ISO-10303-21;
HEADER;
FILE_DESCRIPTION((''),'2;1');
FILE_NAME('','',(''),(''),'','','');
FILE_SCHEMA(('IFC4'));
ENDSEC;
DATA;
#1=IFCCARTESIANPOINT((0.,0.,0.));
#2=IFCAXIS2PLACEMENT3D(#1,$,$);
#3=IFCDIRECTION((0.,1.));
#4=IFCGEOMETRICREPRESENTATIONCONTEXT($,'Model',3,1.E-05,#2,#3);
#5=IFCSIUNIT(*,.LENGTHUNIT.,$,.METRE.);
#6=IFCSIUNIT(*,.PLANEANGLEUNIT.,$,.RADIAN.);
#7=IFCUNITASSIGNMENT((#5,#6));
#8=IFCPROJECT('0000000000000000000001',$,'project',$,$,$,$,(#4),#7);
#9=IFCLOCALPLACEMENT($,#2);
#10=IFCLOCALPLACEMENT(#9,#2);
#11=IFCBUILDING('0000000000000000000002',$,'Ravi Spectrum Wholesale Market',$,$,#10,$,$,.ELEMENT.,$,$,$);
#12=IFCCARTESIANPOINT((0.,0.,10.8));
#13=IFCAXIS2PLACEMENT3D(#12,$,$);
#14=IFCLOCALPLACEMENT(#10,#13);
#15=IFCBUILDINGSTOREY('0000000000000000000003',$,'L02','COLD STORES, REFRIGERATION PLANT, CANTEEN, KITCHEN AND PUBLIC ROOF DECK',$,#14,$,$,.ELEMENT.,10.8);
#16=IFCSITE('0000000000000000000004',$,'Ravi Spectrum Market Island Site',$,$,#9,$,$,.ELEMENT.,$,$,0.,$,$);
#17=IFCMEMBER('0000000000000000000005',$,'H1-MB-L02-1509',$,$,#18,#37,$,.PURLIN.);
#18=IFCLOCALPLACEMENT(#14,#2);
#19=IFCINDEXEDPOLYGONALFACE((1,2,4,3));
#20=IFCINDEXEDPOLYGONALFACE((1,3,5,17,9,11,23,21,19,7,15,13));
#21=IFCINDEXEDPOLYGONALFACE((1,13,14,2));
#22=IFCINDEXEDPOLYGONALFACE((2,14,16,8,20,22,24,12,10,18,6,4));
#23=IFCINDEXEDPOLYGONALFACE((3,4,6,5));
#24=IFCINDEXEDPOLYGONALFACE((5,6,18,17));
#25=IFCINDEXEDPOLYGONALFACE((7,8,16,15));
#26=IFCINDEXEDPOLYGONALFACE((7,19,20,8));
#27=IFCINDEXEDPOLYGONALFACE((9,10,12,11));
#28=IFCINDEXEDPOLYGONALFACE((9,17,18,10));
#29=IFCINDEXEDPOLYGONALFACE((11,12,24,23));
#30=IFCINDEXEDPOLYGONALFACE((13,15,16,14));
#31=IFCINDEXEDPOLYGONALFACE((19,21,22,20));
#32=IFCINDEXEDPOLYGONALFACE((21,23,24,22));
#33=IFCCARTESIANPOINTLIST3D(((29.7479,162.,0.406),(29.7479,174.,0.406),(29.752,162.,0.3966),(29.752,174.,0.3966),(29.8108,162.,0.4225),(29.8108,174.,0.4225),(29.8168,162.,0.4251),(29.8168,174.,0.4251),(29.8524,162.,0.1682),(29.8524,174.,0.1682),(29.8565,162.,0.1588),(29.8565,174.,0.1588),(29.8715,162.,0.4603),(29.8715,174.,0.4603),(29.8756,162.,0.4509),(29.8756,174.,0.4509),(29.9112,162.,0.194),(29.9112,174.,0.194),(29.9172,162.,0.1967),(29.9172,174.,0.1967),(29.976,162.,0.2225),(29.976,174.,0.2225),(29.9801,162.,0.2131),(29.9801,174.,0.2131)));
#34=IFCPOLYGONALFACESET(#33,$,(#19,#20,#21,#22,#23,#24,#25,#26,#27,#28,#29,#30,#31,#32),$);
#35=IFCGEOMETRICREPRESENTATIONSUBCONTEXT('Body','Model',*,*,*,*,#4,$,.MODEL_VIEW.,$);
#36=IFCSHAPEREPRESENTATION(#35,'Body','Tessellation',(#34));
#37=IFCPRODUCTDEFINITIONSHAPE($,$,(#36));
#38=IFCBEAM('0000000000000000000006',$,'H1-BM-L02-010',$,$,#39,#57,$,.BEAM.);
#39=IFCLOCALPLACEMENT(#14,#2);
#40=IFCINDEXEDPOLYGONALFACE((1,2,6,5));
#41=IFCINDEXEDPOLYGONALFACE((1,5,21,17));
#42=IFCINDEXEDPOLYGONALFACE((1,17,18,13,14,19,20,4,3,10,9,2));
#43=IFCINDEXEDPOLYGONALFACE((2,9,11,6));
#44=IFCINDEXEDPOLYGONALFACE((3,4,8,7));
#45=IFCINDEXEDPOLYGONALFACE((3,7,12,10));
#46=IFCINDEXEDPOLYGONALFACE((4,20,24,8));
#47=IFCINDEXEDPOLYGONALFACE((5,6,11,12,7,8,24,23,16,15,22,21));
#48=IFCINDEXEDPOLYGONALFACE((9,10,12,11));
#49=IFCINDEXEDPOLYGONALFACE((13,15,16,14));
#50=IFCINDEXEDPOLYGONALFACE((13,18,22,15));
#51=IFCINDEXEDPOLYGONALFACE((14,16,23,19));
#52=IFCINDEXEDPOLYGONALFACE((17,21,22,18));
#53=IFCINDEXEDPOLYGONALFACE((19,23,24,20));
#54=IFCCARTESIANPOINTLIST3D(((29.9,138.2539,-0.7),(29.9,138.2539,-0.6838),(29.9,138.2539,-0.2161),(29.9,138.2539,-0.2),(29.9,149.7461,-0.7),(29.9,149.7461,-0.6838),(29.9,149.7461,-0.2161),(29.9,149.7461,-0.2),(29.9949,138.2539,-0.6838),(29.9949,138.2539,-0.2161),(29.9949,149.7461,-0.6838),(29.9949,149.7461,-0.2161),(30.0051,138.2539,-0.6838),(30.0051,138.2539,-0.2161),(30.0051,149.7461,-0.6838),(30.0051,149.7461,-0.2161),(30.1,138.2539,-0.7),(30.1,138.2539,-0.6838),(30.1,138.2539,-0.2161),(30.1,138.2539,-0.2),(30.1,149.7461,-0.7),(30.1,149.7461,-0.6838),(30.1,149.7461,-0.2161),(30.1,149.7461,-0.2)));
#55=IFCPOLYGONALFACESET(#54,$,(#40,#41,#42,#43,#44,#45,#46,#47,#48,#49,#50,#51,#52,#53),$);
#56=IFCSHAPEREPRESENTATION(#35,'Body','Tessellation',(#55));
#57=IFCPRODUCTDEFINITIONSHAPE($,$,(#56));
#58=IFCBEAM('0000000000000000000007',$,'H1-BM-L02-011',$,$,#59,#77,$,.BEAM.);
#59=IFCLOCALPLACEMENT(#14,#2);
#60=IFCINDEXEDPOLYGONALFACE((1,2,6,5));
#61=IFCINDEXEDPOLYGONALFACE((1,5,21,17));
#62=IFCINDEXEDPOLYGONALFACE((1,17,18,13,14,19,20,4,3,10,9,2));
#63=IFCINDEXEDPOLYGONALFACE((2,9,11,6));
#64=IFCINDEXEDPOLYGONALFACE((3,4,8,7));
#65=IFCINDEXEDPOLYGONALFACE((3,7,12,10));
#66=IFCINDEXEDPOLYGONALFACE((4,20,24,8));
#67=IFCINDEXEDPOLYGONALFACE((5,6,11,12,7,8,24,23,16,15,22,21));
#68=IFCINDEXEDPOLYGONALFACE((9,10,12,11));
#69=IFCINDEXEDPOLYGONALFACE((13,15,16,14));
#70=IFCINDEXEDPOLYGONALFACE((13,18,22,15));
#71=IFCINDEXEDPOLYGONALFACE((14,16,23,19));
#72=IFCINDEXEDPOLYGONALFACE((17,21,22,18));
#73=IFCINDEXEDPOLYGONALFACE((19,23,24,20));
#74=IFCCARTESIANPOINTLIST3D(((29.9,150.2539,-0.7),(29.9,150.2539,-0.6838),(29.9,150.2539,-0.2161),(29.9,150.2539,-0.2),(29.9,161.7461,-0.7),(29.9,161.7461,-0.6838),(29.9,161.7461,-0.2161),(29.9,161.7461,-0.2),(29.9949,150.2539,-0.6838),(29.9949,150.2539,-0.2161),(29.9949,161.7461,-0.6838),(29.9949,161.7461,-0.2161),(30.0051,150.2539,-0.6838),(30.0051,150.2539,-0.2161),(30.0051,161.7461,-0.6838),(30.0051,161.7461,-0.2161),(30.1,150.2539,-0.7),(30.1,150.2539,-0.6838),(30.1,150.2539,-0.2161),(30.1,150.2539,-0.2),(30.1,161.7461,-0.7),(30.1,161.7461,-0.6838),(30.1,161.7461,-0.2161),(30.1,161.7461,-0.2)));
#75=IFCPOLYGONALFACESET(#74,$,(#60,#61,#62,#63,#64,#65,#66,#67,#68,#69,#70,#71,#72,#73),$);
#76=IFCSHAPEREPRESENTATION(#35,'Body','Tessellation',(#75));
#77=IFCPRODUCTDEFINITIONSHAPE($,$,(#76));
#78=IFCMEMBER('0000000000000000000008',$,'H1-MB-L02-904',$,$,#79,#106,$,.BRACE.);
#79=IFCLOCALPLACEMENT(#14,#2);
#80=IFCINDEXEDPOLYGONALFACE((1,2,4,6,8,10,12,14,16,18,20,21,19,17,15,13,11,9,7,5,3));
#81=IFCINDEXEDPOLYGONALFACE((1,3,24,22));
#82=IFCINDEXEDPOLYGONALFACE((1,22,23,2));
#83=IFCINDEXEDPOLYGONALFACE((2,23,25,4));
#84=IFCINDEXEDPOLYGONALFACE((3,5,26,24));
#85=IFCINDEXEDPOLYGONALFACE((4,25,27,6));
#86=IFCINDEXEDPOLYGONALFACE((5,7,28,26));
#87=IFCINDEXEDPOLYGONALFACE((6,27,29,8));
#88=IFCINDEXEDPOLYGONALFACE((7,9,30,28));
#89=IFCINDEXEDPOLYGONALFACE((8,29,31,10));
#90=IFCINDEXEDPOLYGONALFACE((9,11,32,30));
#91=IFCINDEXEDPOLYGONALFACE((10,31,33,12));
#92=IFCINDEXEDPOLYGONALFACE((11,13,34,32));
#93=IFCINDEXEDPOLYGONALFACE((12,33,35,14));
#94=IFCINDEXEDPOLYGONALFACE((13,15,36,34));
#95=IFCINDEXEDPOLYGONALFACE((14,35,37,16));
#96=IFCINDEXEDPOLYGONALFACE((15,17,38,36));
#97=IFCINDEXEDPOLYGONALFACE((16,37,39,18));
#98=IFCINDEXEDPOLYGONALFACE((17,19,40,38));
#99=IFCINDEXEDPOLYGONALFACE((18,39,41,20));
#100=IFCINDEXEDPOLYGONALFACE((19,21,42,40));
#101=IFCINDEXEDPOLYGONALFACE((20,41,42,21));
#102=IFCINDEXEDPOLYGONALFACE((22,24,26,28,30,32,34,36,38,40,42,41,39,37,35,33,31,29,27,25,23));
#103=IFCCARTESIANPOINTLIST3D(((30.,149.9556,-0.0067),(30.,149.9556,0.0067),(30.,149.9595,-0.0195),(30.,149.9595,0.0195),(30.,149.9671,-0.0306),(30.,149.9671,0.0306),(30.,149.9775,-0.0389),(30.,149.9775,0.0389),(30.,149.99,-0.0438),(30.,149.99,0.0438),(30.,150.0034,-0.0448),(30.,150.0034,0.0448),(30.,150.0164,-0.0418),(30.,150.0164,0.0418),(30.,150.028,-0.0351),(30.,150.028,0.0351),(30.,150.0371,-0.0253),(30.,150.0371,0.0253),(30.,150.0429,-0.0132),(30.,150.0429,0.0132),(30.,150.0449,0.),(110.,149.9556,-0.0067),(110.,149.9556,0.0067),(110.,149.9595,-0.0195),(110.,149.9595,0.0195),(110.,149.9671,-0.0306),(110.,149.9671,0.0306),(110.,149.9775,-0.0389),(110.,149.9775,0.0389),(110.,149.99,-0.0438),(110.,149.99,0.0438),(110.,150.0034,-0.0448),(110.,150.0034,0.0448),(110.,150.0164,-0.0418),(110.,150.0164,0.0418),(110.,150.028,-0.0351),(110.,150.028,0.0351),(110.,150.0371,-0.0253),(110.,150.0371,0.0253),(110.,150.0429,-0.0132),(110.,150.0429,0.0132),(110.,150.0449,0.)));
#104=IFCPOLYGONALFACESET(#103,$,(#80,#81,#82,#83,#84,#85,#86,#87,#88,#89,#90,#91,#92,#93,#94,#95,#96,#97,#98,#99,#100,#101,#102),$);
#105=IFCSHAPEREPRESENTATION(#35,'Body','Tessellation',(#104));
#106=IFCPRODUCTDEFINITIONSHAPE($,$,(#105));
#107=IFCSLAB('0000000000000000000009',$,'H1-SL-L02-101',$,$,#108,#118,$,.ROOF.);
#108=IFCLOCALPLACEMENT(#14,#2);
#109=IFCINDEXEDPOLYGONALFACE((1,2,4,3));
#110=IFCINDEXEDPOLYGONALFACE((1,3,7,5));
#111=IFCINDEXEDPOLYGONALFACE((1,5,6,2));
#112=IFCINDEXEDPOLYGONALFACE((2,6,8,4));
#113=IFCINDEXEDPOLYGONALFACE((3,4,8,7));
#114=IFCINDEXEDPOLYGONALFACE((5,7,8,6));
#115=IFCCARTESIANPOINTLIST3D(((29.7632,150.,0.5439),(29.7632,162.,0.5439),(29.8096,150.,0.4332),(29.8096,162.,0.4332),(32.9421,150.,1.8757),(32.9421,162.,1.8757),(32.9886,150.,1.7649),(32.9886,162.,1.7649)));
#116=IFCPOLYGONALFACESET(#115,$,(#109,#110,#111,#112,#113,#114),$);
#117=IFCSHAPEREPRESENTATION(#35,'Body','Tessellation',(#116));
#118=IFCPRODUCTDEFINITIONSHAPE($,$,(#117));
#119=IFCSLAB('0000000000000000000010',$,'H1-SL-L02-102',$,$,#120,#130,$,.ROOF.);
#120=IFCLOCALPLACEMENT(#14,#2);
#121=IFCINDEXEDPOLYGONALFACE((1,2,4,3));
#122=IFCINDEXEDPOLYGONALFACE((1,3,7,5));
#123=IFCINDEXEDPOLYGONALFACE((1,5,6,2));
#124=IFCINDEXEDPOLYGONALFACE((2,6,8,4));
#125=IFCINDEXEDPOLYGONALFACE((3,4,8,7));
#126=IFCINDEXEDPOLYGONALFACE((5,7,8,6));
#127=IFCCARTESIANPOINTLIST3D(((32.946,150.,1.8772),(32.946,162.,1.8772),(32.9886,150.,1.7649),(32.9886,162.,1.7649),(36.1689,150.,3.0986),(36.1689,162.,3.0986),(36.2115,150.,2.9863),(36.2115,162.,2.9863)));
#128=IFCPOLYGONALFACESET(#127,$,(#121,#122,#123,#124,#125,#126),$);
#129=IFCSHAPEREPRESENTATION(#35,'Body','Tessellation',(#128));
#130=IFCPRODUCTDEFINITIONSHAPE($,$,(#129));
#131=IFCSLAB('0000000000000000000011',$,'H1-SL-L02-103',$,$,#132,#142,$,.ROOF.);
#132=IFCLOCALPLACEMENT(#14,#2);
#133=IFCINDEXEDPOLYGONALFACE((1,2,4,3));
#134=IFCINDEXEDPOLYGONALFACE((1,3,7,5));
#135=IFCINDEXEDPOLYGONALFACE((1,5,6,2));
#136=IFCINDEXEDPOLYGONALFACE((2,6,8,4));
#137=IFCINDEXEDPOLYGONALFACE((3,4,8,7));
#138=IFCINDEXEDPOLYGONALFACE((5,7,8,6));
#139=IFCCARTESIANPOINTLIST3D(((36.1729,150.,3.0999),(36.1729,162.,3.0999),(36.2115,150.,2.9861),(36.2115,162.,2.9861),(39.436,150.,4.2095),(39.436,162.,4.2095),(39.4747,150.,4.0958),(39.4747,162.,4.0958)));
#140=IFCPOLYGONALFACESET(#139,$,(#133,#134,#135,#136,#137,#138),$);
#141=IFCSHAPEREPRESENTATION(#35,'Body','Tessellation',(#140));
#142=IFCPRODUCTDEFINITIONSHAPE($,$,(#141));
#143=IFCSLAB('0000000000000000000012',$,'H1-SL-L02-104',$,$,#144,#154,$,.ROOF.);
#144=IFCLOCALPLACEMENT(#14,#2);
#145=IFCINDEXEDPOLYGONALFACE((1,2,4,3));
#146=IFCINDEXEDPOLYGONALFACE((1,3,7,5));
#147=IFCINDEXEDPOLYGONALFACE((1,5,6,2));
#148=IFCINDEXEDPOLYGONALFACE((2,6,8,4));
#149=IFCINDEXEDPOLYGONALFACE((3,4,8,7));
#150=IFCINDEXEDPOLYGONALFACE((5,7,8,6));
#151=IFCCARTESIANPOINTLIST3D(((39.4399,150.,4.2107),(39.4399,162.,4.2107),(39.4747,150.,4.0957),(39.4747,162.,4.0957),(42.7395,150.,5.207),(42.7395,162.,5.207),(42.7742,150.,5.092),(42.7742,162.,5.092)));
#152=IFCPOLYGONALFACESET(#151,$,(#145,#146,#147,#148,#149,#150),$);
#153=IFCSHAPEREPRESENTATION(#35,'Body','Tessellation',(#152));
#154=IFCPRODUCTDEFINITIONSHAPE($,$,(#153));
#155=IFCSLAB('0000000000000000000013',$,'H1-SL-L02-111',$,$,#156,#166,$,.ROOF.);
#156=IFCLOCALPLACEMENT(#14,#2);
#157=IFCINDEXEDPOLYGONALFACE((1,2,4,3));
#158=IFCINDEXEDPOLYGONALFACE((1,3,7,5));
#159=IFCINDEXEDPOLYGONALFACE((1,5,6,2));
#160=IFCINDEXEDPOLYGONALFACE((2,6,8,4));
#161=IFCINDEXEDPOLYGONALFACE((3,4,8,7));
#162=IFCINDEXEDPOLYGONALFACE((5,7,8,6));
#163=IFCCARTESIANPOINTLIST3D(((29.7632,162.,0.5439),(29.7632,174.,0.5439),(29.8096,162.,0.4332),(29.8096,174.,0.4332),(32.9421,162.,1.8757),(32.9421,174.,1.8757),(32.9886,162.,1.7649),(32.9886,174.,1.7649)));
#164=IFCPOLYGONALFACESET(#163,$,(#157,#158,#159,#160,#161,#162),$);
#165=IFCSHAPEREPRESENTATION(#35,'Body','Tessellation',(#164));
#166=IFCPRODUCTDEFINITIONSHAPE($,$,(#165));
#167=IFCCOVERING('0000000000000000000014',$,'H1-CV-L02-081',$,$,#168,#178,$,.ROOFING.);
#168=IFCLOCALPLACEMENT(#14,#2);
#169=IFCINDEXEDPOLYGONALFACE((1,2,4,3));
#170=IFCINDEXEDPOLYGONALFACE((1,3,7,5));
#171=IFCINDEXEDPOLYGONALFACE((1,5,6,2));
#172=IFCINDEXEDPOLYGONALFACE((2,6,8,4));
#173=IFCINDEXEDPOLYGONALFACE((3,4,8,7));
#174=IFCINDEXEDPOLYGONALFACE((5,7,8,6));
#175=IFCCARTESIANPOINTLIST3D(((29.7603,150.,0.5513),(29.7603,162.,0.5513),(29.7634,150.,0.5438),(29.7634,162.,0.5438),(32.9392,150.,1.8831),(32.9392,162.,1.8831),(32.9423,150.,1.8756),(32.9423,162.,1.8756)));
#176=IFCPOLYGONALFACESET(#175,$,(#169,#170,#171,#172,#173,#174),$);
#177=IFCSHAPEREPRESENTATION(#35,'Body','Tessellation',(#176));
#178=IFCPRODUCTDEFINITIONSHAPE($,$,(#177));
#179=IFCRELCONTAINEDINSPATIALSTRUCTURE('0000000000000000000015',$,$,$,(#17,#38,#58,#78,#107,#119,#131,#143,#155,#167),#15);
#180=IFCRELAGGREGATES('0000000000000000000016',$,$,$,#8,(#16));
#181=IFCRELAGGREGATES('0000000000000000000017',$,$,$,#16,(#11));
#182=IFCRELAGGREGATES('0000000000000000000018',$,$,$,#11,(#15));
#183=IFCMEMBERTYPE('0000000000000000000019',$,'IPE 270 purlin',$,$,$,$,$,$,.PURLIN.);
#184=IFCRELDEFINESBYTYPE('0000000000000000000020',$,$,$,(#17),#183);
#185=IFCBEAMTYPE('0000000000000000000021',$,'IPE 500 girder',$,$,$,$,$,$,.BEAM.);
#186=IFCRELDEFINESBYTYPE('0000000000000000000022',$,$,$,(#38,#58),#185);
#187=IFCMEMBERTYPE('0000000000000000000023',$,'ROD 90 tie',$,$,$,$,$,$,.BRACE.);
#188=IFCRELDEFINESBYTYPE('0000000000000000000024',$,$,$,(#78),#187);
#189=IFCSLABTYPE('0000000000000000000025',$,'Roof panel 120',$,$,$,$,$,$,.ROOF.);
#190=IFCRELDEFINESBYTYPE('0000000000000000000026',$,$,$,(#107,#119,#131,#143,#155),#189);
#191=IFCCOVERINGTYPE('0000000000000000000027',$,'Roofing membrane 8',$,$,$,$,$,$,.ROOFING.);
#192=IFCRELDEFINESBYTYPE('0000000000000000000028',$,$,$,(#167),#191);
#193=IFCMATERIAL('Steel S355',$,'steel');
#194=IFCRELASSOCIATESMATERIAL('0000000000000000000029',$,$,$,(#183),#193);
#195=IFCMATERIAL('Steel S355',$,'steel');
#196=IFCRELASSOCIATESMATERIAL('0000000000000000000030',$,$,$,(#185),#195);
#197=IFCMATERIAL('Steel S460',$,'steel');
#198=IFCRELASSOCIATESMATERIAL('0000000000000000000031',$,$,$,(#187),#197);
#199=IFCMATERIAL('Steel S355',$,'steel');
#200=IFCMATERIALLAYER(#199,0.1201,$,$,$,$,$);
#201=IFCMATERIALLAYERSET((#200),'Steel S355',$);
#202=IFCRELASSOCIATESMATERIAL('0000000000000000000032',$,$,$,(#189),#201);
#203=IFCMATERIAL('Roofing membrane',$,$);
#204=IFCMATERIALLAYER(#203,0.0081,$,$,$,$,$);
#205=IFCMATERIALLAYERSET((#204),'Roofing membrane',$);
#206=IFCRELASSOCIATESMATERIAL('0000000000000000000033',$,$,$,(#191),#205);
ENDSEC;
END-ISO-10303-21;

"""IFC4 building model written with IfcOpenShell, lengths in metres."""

from ifc_helpers import new_model, si_unit, direction, frame, origin, origin_2d, place, context, subcontext, project, spatial, polyline, circle, i_section, outline, extrude, material, layer, layer_set, material_profile, profile_set, type_object, element, save


model = new_model("IFC4")

# Units and contexts
model_context = context("Model", 3, precision=1e-05, world=origin(), true_north=direction((0.0, 1.0)))
body_context = subcontext(model_context, "Body", "Model", "MODEL_VIEW")
ifc_project = project(units=[si_unit("LENGTHUNIT", "METRE"), si_unit("PLANEANGLEUNIT", "RADIAN")], contexts=[model_context])

# Site, building, storey
site_placement = place(None, origin())
site = spatial("IfcSite", under=ifc_project, at=site_placement, Name="Ravi Spectrum Market Island Site", CompositionType="ELEMENT", RefElevation=0.0)
building_placement = place(site_placement, origin())
building = spatial("IfcBuilding", under=site, at=building_placement, Name="Ravi Spectrum Wholesale Market", CompositionType="ELEMENT")
storey_placement = place(building_placement, frame((0.0, 0.0, 10.8)))
storey = spatial("IfcBuildingStorey", under=building, at=storey_placement, Name="L02", Description="COLD STORES, REFRIGERATION PLANT, CANTEEN, KITCHEN AND PUBLIC ROOF DECK", CompositionType="ELEMENT", Elevation=10.8)

# Member
ifc_material_1 = material(Name="Steel S355", Category="steel")
ifc_material_profile_1 = material_profile(ifc_material_1, i_section(OverallWidth=0.135, OverallDepth=0.27, WebThickness=0.0066, FlangeThickness=0.0103, at=origin_2d()))
ifc_profile_set_1 = profile_set([ifc_material_profile_1], Name="Steel S355")
member_type_1 = type_object("IfcMemberType", Name="IPE 270 purlin", PredefinedType="PURLIN", material=ifc_profile_set_1)
for number, where, z_axis, x_axis, name in (
    (1, (29.864, 162.0, 0.3096), (0.0, 1.0, 0.0), (-0.915525, 0.0, -0.40226), "H1-MB-L02-1509"),
):
    element("IfcMember", number, at=place(storey_placement, frame(where, z_axis=z_axis, x_axis=x_axis)), inside=storey, type_object=member_type_1, Name=name, PredefinedType="PURLIN", context=body_context, shape_type="SweptSolid", body=[
        extrude(i_section(OverallWidth=0.135, OverallDepth=0.27, WebThickness=0.0066, FlangeThickness=0.0103, at=origin_2d()), origin(), (0.0, 0.0, 1.0), 12.0),
    ])

# Beams
ifc_material_2 = material(Name="Steel S355", Category="steel")
ifc_material_profile_2 = material_profile(ifc_material_2, i_section(OverallWidth=0.2, OverallDepth=0.5, WebThickness=0.0103, FlangeThickness=0.0161, at=origin_2d()))
ifc_profile_set_2 = profile_set([ifc_material_profile_2], Name="Steel S355")
beam_type = type_object("IfcBeamType", Name="IPE 500 girder", PredefinedType="BEAM", material=ifc_profile_set_2)
for number, where, z_axis, x_axis, name in (
    (2, (30.0, 138.2539, -0.45), (0.0, 1.0, 0.0), (-1.0, 0.0, 0.0), "H1-BM-L02-010"),
    (3, (30.0, 150.2539, -0.45), (0.0, 1.0, 0.0), (-1.0, 0.0, 0.0), "H1-BM-L02-011"),
):
    element("IfcBeam", number, at=place(storey_placement, frame(where, z_axis=z_axis, x_axis=x_axis)), inside=storey, type_object=beam_type, Name=name, PredefinedType="BEAM", context=body_context, shape_type="SweptSolid", body=[
        extrude(i_section(OverallWidth=0.2, OverallDepth=0.5, WebThickness=0.0103, FlangeThickness=0.0161, at=origin_2d()), origin(), (0.0, 0.0, 1.0), 11.4922),
    ])

# Member
ifc_material_3 = material(Name="Steel S460", Category="steel")
ifc_material_profile_3 = material_profile(ifc_material_3, circle(Radius=0.0449, at=origin_2d()))
ifc_profile_set_3 = profile_set([ifc_material_profile_3], Name="Steel S460")
member_type_2 = type_object("IfcMemberType", Name="ROD 90 tie", PredefinedType="BRACE", material=ifc_profile_set_3)
member_1_placement = place(storey_placement, frame((30.0, 150.0, 0.0), z_axis=(1.0, 0.0, 0.0), x_axis=(0.0, 1.0, 0.0)))
element("IfcMember", 4, at=member_1_placement, inside=storey, type_object=member_type_2, Name="H1-MB-L02-904", PredefinedType="BRACE", context=body_context, shape_type="SweptSolid", body=[
    extrude(circle(Radius=0.0449, at=origin_2d()), origin(), (0.0, 0.0, 1.0), 80.0),
])

# Slabs
ifc_material_4 = material(Name="Steel S355", Category="steel")
ifc_layer_1 = layer(ifc_material_4, 0.1201)
ifc_layer_set_1 = layer_set([ifc_layer_1], Name="Steel S355")
slab_type = type_object("IfcSlabType", Name="Roof panel 120", PredefinedType="ROOF", material=ifc_layer_set_1)
slab_1_placement = place(storey_placement, frame((29.7632, 150.0, 0.5439), z_axis=(-0.3864, 0.0, 0.922331), x_axis=(0.922331, 0.0, 0.3864)))
element("IfcSlab", 5, at=slab_1_placement, inside=storey, type_object=slab_type, Name="H1-SL-L02-101", PredefinedType="ROOF", context=body_context, shape_type="SweptSolid", body=[
    extrude(outline(polyline([(0.0, 0.0), (3.4467, 0.0), (3.4467, 12.0), (0.0, 12.0), (0.0, 0.0)])), origin(), (0.0, 0.0, -1.0), 0.1201),
])
slab_2_placement = place(storey_placement, frame((32.946, 150.0, 1.8772), z_axis=(-0.354389, 0.0, 0.935098), x_axis=(0.935098, 0.0, 0.354389)))
element("IfcSlab", 6, at=slab_2_placement, inside=storey, type_object=slab_type, Name="H1-SL-L02-102", PredefinedType="ROOF", context=body_context, shape_type="SweptSolid", body=[
    extrude(outline(polyline([(0.0, 0.0), (3.4466, 0.0), (3.4466, 12.0), (0.0, 12.0), (0.0, 0.0)])), origin(), (0.0, 0.0, -1.0), 0.1201),
])
slab_3_placement = place(storey_placement, frame((36.1729, 150.0, 3.0999), z_axis=(-0.321938, 0.0, 0.946761), x_axis=(0.946761, 0.0, 0.321938)))
element("IfcSlab", 7, at=slab_3_placement, inside=storey, type_object=slab_type, Name="H1-SL-L02-103", PredefinedType="ROOF", context=body_context, shape_type="SweptSolid", body=[
    extrude(outline(polyline([(0.0, 0.0), (3.4467, 0.0), (3.4467, 12.0), (0.0, 12.0), (0.0, 0.0)])), origin(), (0.0, 0.0, -1.0), 0.1201),
])
slab_4_placement = place(storey_placement, frame((39.4399, 150.0, 4.2107), z_axis=(-0.28907, 0.0, 0.957308), x_axis=(0.957308, 0.0, 0.28907)))
element("IfcSlab", 8, at=slab_4_placement, inside=storey, type_object=slab_type, Name="H1-SL-L02-104", PredefinedType="ROOF", context=body_context, shape_type="SweptSolid", body=[
    extrude(outline(polyline([(0.0, 0.0), (3.4467, 0.0), (3.4467, 12.0), (0.0, 12.0), (0.0, 0.0)])), origin(), (0.0, 0.0, -1.0), 0.1201),
])
slab_5_placement = place(storey_placement, frame((29.7632, 162.0, 0.5439), z_axis=(-0.3864, 0.0, 0.922331), x_axis=(0.922331, 0.0, 0.3864)))
element("IfcSlab", 9, at=slab_5_placement, inside=storey, type_object=slab_type, Name="H1-SL-L02-111", PredefinedType="ROOF", context=body_context, shape_type="SweptSolid", body=[
    extrude(outline(polyline([(0.0, 0.0), (3.4467, 0.0), (3.4467, 12.0), (0.0, 12.0), (0.0, 0.0)])), origin(), (0.0, 0.0, -1.0), 0.1201),
])

# Covering
ifc_material_5 = material(Name="Roofing membrane")
ifc_layer_2 = layer(ifc_material_5, 0.0081)
ifc_layer_set_2 = layer_set([ifc_layer_2], Name="Roofing membrane")
covering_type = type_object("IfcCoveringType", Name="Roofing membrane 8", PredefinedType="ROOFING", material=ifc_layer_set_2)
covering_1_placement = place(storey_placement, frame((29.7603, 150.0, 0.5513), z_axis=(-0.3864, 0.0, 0.922331), x_axis=(0.922331, 0.0, 0.3864)))
element("IfcCovering", 10, at=covering_1_placement, inside=storey, type_object=covering_type, Name="H1-CV-L02-081", PredefinedType="ROOFING", context=body_context, shape_type="SweptSolid", body=[
    extrude(outline(polyline([(0.0, 0.0), (3.4467, 0.0), (3.4467, 12.0), (0.0, 12.0), (0.0, 0.0)])), origin(), (0.0, 0.0, -1.0), 0.0081),
])

save(model, "model.ifc")
